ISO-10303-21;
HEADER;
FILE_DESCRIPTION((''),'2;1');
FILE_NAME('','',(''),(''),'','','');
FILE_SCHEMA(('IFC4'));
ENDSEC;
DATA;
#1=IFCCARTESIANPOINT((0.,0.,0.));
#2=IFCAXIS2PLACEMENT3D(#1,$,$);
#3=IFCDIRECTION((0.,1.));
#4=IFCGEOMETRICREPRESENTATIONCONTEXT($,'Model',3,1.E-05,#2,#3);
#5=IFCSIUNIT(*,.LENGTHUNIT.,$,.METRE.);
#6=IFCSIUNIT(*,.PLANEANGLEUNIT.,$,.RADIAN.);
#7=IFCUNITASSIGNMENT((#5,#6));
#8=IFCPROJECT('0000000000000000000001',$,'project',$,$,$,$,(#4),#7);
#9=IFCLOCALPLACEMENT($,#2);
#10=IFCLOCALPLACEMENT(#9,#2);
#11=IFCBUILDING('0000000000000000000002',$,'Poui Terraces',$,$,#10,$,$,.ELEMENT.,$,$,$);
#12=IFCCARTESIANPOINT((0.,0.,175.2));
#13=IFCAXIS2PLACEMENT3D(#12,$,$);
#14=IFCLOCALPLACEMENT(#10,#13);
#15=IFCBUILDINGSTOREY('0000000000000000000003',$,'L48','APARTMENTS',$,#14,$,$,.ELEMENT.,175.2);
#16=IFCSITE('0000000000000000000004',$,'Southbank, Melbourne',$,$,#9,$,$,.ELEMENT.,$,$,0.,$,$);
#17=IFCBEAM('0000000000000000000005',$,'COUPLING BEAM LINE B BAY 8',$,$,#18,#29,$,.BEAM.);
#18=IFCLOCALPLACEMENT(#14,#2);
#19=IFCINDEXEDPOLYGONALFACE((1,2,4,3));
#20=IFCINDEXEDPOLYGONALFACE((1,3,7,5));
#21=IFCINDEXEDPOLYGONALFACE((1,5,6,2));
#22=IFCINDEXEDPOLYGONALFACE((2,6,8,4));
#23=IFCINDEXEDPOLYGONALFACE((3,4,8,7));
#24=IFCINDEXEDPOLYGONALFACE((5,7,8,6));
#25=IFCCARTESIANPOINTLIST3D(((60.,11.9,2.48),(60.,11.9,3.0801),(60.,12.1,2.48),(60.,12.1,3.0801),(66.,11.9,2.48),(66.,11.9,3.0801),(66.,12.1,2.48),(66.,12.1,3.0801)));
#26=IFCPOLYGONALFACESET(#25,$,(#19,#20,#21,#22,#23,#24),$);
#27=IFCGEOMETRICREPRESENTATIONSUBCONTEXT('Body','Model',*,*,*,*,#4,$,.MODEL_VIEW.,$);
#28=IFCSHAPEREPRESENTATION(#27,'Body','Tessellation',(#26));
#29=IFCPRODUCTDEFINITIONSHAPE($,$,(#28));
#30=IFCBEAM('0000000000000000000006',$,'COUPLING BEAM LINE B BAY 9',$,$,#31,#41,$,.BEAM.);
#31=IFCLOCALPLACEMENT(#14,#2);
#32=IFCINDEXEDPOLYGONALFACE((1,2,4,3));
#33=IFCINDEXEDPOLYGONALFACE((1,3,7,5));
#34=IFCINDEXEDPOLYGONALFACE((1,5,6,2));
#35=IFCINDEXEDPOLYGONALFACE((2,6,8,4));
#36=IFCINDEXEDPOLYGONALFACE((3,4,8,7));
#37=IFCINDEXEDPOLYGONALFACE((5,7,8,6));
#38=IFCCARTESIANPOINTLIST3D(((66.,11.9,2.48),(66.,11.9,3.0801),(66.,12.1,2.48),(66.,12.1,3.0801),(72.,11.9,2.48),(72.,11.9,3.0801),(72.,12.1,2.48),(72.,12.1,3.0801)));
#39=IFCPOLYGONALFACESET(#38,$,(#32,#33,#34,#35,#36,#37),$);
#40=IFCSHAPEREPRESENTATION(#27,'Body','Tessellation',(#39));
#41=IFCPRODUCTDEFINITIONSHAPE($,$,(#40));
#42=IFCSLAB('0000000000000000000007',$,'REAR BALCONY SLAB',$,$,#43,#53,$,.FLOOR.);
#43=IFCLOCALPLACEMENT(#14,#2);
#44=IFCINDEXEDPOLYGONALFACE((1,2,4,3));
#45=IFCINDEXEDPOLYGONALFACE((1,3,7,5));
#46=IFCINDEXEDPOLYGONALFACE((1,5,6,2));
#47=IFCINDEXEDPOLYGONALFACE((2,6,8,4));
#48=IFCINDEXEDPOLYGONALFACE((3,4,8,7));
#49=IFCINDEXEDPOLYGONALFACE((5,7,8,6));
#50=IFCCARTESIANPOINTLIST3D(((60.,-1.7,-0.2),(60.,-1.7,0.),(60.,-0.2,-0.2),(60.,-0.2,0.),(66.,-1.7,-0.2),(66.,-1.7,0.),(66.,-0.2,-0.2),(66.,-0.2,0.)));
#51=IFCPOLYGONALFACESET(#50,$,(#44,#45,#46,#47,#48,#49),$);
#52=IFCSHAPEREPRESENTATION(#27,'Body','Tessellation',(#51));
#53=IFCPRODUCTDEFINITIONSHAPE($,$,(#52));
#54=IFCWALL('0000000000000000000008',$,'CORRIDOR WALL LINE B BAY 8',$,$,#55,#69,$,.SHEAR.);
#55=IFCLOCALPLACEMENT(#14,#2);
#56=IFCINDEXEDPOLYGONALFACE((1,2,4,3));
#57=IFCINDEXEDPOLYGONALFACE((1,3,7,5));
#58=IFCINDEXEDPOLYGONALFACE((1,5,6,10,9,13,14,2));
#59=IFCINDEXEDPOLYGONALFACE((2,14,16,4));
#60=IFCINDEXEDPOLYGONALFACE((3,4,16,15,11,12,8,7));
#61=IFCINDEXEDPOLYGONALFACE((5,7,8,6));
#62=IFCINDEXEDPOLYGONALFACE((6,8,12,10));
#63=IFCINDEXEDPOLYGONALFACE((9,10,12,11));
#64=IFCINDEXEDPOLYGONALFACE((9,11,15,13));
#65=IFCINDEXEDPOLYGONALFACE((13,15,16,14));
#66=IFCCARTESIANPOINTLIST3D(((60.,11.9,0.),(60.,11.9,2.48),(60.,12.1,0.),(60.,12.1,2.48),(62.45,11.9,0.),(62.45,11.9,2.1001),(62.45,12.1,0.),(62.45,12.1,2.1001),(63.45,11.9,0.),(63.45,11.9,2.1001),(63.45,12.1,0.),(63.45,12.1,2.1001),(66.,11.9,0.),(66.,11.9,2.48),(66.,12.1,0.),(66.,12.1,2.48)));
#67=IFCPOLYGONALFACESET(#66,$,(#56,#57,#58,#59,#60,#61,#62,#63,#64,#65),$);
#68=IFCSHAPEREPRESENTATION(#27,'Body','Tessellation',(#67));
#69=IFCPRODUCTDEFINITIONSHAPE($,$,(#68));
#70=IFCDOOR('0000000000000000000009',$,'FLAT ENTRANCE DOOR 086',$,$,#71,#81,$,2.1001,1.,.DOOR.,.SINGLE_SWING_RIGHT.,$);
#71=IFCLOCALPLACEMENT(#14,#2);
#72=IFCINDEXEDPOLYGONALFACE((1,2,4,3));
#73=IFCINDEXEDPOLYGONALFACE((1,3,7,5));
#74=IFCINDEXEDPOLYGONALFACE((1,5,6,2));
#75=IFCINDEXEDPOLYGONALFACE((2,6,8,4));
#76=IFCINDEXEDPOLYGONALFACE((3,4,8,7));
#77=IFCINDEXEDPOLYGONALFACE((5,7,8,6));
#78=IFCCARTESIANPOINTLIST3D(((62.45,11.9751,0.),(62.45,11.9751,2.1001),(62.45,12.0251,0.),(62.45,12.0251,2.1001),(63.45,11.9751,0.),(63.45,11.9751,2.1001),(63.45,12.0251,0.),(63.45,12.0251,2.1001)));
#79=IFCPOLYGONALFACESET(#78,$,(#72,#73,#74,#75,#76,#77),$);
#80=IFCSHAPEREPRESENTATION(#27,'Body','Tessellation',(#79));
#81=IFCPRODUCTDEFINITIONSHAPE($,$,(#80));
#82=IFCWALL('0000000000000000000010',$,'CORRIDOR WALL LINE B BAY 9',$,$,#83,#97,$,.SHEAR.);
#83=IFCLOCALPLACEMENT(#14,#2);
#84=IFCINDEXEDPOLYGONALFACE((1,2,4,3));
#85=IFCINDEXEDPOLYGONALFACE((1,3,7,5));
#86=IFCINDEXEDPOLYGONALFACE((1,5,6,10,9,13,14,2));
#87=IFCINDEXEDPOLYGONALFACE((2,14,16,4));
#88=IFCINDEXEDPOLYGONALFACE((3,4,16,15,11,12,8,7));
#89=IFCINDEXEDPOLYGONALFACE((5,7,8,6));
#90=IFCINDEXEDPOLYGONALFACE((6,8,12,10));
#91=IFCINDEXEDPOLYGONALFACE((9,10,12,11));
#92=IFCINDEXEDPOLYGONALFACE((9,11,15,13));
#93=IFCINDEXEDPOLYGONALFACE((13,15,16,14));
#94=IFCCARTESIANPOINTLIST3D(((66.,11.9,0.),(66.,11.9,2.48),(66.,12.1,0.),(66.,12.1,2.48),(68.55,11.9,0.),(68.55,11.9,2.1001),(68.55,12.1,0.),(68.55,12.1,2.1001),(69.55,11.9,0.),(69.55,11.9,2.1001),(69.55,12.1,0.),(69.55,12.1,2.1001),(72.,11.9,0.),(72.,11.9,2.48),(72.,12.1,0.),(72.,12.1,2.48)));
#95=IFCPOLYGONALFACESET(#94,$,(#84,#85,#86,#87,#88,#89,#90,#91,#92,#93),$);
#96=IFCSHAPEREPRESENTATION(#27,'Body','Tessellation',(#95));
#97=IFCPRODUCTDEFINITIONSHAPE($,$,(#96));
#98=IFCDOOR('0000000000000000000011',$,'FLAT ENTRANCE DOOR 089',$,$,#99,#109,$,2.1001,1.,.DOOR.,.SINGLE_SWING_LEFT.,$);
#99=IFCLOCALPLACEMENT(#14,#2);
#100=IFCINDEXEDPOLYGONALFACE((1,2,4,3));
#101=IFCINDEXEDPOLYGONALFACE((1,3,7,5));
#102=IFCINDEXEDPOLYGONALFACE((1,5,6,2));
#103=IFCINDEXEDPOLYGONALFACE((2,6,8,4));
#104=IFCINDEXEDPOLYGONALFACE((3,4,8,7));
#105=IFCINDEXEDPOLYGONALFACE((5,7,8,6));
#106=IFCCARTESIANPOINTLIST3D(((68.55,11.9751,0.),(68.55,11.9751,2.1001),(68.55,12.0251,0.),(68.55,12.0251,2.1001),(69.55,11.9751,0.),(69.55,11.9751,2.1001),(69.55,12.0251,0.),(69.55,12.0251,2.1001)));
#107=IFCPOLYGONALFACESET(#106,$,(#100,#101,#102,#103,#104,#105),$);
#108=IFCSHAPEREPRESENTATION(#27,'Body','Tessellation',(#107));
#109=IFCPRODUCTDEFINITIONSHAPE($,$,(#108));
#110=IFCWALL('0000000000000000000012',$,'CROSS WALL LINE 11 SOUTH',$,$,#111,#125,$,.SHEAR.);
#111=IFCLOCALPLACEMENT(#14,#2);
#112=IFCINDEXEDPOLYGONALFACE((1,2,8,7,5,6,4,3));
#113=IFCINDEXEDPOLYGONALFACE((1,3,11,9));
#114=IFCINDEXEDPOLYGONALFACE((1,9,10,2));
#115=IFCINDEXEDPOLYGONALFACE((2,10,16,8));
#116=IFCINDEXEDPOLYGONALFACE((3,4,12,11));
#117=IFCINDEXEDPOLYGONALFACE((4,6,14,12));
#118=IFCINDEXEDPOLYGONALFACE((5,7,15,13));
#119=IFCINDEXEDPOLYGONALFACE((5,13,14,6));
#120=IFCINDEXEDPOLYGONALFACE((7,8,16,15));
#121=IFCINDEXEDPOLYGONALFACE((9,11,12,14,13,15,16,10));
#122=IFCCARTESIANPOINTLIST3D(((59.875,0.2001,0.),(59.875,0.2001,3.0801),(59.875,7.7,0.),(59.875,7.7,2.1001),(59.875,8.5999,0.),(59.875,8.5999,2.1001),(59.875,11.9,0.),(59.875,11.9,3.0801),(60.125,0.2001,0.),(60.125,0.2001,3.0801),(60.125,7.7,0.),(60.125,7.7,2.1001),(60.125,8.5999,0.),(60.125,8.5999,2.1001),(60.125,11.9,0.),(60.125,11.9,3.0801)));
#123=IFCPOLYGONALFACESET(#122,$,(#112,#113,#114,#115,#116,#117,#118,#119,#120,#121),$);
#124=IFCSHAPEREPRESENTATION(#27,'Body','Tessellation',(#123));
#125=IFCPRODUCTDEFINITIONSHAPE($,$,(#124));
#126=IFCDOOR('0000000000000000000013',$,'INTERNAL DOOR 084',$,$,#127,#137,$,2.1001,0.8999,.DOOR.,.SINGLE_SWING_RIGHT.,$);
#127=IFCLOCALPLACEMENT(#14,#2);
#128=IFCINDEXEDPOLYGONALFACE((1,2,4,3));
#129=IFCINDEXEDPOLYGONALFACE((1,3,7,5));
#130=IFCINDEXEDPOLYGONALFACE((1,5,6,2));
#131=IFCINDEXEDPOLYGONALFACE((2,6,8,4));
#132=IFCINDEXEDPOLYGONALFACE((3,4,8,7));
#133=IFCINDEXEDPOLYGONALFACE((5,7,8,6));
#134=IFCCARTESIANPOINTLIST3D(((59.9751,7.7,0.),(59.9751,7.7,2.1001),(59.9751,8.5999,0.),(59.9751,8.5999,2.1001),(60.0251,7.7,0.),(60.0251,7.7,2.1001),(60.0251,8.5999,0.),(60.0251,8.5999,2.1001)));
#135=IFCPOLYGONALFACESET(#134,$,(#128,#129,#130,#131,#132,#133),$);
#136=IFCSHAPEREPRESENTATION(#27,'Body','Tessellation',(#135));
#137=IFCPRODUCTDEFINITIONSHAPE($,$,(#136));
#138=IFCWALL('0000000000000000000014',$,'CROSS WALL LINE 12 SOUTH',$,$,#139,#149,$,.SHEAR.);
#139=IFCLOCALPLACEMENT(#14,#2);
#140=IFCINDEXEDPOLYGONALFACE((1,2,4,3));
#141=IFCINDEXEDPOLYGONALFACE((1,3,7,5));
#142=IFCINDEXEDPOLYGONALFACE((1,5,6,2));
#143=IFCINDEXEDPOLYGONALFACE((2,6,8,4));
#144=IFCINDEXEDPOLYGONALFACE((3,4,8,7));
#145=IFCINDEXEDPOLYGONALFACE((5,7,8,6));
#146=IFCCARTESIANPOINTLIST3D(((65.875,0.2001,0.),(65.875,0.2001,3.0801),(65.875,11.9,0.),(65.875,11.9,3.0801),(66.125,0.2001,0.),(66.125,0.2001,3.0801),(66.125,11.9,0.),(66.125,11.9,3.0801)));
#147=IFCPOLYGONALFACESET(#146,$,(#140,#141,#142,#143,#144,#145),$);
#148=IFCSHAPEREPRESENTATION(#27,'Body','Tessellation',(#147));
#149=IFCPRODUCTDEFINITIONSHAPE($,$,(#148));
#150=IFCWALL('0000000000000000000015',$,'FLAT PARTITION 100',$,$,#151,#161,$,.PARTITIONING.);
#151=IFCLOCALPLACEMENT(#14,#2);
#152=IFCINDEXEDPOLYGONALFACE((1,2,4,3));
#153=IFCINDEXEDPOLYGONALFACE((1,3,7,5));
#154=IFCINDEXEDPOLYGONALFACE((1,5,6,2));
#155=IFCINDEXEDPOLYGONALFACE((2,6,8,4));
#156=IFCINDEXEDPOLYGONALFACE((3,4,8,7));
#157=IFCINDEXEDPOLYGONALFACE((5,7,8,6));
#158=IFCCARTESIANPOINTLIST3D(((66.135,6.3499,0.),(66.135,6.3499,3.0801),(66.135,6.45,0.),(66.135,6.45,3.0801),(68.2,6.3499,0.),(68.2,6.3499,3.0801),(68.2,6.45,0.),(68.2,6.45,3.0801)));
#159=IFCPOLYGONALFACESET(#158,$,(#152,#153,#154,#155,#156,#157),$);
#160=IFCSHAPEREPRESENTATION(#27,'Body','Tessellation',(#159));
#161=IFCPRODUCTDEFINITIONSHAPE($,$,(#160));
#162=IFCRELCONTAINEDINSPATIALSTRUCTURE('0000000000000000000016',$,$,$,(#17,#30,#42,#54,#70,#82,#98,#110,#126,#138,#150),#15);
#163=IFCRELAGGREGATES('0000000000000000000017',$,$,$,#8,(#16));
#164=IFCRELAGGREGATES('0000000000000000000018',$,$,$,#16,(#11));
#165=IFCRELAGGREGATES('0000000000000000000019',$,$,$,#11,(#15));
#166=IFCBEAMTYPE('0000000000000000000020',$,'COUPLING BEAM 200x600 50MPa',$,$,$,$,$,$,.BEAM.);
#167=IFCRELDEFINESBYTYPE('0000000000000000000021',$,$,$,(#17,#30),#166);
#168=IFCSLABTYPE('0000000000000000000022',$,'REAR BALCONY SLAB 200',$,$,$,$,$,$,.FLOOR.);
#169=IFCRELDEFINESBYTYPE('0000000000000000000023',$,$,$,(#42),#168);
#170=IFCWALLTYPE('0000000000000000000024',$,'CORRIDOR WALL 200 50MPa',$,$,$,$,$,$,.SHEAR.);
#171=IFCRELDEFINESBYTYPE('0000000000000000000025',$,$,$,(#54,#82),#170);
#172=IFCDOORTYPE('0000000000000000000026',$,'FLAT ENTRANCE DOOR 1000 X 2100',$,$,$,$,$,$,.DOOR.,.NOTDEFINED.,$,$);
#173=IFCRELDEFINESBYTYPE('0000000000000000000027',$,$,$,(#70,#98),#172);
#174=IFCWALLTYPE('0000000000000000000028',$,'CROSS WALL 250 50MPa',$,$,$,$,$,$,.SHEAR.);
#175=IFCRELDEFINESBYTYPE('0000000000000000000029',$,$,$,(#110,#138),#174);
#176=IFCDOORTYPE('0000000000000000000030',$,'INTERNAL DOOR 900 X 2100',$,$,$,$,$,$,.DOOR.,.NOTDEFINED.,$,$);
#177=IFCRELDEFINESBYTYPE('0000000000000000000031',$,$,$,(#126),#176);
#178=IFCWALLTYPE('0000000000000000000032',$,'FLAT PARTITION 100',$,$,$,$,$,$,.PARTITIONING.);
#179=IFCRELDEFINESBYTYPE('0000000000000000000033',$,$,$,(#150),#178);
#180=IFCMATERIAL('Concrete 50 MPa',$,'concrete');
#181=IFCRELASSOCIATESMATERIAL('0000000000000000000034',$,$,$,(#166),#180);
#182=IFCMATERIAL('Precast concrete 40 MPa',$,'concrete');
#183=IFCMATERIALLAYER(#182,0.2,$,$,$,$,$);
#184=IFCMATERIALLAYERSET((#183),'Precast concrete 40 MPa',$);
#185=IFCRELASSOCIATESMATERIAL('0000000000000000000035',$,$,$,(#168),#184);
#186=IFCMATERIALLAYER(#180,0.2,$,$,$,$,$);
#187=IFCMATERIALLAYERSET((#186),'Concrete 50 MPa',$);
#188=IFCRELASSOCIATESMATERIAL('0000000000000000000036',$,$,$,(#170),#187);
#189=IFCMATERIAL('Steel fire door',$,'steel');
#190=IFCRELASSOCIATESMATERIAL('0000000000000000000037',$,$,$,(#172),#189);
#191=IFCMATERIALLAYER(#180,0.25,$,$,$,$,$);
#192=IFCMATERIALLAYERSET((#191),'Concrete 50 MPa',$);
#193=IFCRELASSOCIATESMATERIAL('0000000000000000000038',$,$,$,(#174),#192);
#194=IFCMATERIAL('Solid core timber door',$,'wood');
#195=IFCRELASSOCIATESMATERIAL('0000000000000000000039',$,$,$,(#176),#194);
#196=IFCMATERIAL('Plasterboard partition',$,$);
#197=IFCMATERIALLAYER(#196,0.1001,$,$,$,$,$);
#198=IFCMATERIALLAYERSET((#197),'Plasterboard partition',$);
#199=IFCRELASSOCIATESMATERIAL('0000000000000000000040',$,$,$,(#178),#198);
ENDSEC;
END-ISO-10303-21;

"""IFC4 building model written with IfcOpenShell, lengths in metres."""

from ifc_helpers import new_model, si_unit, direction, frame, frame_2d, origin, origin_2d, place, context, subcontext, project, spatial, polyline, rectangle, outline, extrude, source, transform, mapped, material, layer, layer_set, material_profile, profile_set, type_object, element, fill, save


model = new_model("IFC4")

# Units and contexts
model_context = context("Model", 3, precision=1e-05, world=origin(), true_north=direction((0.0, 1.0)))
body_context = subcontext(model_context, "Body", "Model", "MODEL_VIEW")
ifc_project = project(units=[si_unit("LENGTHUNIT", "METRE"), si_unit("PLANEANGLEUNIT", "RADIAN")], contexts=[model_context])

# Site, building, storey
site_placement = place(None, origin())
site = spatial("IfcSite", under=ifc_project, at=site_placement, Name="Southbank, Melbourne", CompositionType="ELEMENT", RefElevation=0.0)
building_placement = place(site_placement, origin())
building = spatial("IfcBuilding", under=site, at=building_placement, Name="Poui Terraces", CompositionType="ELEMENT")
storey_placement = place(building_placement, frame((0.0, 0.0, 175.2)))
storey = spatial("IfcBuildingStorey", under=building, at=storey_placement, Name="L48", Description="APARTMENTS", CompositionType="ELEMENT", Elevation=175.2)

# Beams
ifc_material_1 = material(Name="Concrete 50 MPa", Category="concrete")
ifc_material_profile_1 = material_profile(ifc_material_1, rectangle(XDim=0.2, YDim=0.6001, at=origin_2d()), Name="RC 200x600")
ifc_profile_set_1 = profile_set([ifc_material_profile_1], Name="Concrete 50 MPa")
beam_type = type_object("IfcBeamType", Name="COUPLING BEAM 200x600 50MPa", PredefinedType="BEAM", material=ifc_profile_set_1)
shared_shape_1 = source(origin(), body_context, "Body", "SweptSolid", [
    extrude(rectangle(XDim=0.2, YDim=0.6001, at=origin_2d()), origin(), (0.0, 0.0, 1.0), 6.0),
])
for number, where, z_axis, x_axis, name in (
    (1, (60.0, 12.0, 2.78), (1.0, 0.0, 0.0), (0.0, 1.0, 0.0), "COUPLING BEAM LINE B BAY 8"),
    (2, (66.0, 12.0, 2.78), (1.0, 0.0, 0.0), (0.0, 1.0, 0.0), "COUPLING BEAM LINE B BAY 9"),
):
    element("IfcBeam", number, at=place(storey_placement, frame(where, z_axis=z_axis, x_axis=x_axis)), inside=storey, type_object=beam_type, Name=name, PredefinedType="BEAM", context=body_context, shape_type="MappedRepresentation", body=[
        mapped(shared_shape_1, transform((0.0, 0.0, 0.0))),
    ])

# Slab
ifc_material_2 = material(Name="Precast concrete 40 MPa", Category="concrete")
ifc_layer_1 = layer(ifc_material_2, 0.2)
ifc_layer_set_1 = layer_set([ifc_layer_1], Name="Precast concrete 40 MPa")
slab_type = type_object("IfcSlabType", Name="REAR BALCONY SLAB 200", PredefinedType="FLOOR", material=ifc_layer_set_1)
shared_shape_2 = source(origin(), body_context, "Body", "SweptSolid", [
    extrude(outline(polyline([(0.0, 0.0), (6.0, 0.0), (6.0, 1.5), (0.0, 1.5), (0.0, 0.0)])), origin(), (0.0, 0.0, 1.0), 0.2),
])
slab_placement = place(storey_placement, frame((60.0, -1.7, -0.2)))
element("IfcSlab", 3, at=slab_placement, inside=storey, type_object=slab_type, Name="REAR BALCONY SLAB", PredefinedType="FLOOR", context=body_context, shape_type="MappedRepresentation", body=[
    mapped(shared_shape_2, transform((0.0, 0.0, 0.0))),
])

# Walls, openings, doors
ifc_layer_2 = layer(ifc_material_1, 0.2)
ifc_layer_set_2 = layer_set([ifc_layer_2], Name="Concrete 50 MPa")
wall_type_1 = type_object("IfcWallType", Name="CORRIDOR WALL 200 50MPa", PredefinedType="SHEAR", material=ifc_layer_set_2)
wall_1_placement = place(storey_placement, frame((60.0, 12.0, 0.0), z_axis=(0.0, 0.0, 1.0), x_axis=(1.0, 0.0, 0.0)))
wall_1 = element("IfcWall", 4, at=wall_1_placement, inside=storey, type_object=wall_type_1, Name="CORRIDOR WALL LINE B BAY 8", PredefinedType="SHEAR", context=body_context, shape_type="SweptSolid", body=[
    extrude(rectangle(XDim=6.0, YDim=0.2, at=frame_2d((3.0, 0.0))), origin(), (0.0, 0.0, 1.0), 2.48),
])
opening_1_placement = place(wall_1_placement, frame((2.45, 0.0, 0.0)))
opening_1 = element("IfcOpeningElement", 5, at=opening_1_placement, cuts=wall_1, PredefinedType="OPENING", context=body_context, shape_type="SweptSolid", body=[
    extrude(rectangle(XDim=1.0, YDim=2.1001, at=frame_2d((0.5, 1.05))), frame((0.0, 0.1099, 0.0), z_axis=(0.0, -1.0, 0.0), x_axis=(1.0, 0.0, 0.0)), (0.0, 0.0, 1.0), 0.22),
])
ifc_material_3 = material(Name="Steel fire door", Category="steel")
door_type_1 = type_object("IfcDoorType", Name="FLAT ENTRANCE DOOR 1000 X 2100", OperationType="NOTDEFINED", PredefinedType="DOOR", material=ifc_material_3)
door_1_placement = place(opening_1_placement, frame((1.0, 0.0, 0.0), z_axis=(0.0, 0.0, 1.0), x_axis=(-1.0, 0.0, 0.0)))
door_1 = element("IfcDoor", 6, at=door_1_placement, inside=storey, type_object=door_type_1, Name="FLAT ENTRANCE DOOR 086", OperationType="SINGLE_SWING_RIGHT", OverallHeight=2.1001, OverallWidth=1.0, PredefinedType="DOOR", context=body_context, shape_type="SweptSolid", body=[
    extrude(rectangle(XDim=1.0, YDim=2.1001, at=frame_2d((0.5, 1.05))), frame((0.0, 0.0249, 0.0), z_axis=(0.0, -1.0, 0.0), x_axis=(1.0, 0.0, 0.0)), (0.0, 0.0, 1.0), 0.05),
])
fill(opening_1, door_1)
wall_2_placement = place(storey_placement, frame((66.0, 12.0, 0.0), z_axis=(0.0, 0.0, 1.0), x_axis=(1.0, 0.0, 0.0)))
wall_2 = element("IfcWall", 7, at=wall_2_placement, inside=storey, type_object=wall_type_1, Name="CORRIDOR WALL LINE B BAY 9", PredefinedType="SHEAR", context=body_context, shape_type="SweptSolid", body=[
    extrude(rectangle(XDim=6.0, YDim=0.2, at=frame_2d((3.0, 0.0))), origin(), (0.0, 0.0, 1.0), 2.48),
])
opening_2_placement = place(wall_2_placement, frame((2.55, 0.0, 0.0)))
opening_2 = element("IfcOpeningElement", 8, at=opening_2_placement, cuts=wall_2, PredefinedType="OPENING", context=body_context, shape_type="SweptSolid", body=[
    extrude(rectangle(XDim=1.0, YDim=2.1001, at=frame_2d((0.5, 1.05))), frame((0.0, 0.1099, 0.0), z_axis=(0.0, -1.0, 0.0), x_axis=(1.0, 0.0, 0.0)), (0.0, 0.0, 1.0), 0.22),
])
door_2_placement = place(opening_2_placement, frame((1.0, 0.0, 0.0), z_axis=(0.0, 0.0, 1.0), x_axis=(-1.0, 0.0, 0.0)))
door_2 = element("IfcDoor", 9, at=door_2_placement, inside=storey, type_object=door_type_1, Name="FLAT ENTRANCE DOOR 089", OperationType="SINGLE_SWING_LEFT", OverallHeight=2.1001, OverallWidth=1.0, PredefinedType="DOOR", context=body_context, shape_type="SweptSolid", body=[
    extrude(rectangle(XDim=1.0, YDim=2.1001, at=frame_2d((0.5, 1.05))), frame((0.0, 0.0249, 0.0), z_axis=(0.0, -1.0, 0.0), x_axis=(1.0, 0.0, 0.0)), (0.0, 0.0, 1.0), 0.05),
])
fill(opening_2, door_2)
ifc_layer_3 = layer(ifc_material_1, 0.25)
ifc_layer_set_3 = layer_set([ifc_layer_3], Name="Concrete 50 MPa")
wall_type_2 = type_object("IfcWallType", Name="CROSS WALL 250 50MPa", PredefinedType="SHEAR", material=ifc_layer_set_3)
wall_3_placement = place(storey_placement, frame((60.0, 0.2, 0.0), z_axis=(0.0, 0.0, 1.0), x_axis=(0.0, 1.0, 0.0)))
wall_3 = element("IfcWall", 10, at=wall_3_placement, inside=storey, type_object=wall_type_2, Name="CROSS WALL LINE 11 SOUTH", PredefinedType="SHEAR", context=body_context, shape_type="SweptSolid", body=[
    extrude(rectangle(XDim=11.7, YDim=0.25, at=frame_2d((5.8501, 0.0))), origin(), (0.0, 0.0, 1.0), 3.0801),
])
opening_3_placement = place(wall_3_placement, frame((7.5, 0.0, 0.0)))
opening_3 = element("IfcOpeningElement", 11, at=opening_3_placement, cuts=wall_3, PredefinedType="OPENING", context=body_context, shape_type="SweptSolid", body=[
    extrude(rectangle(XDim=0.8999, YDim=2.1001, at=frame_2d((0.45, 1.05))), frame((0.0, 0.135, 0.0), z_axis=(0.0, -1.0, 0.0), x_axis=(1.0, 0.0, 0.0)), (0.0, 0.0, 1.0), 0.27),
])
ifc_material_4 = material(Name="Solid core timber door", Category="wood")
door_type_2 = type_object("IfcDoorType", Name="INTERNAL DOOR 900 X 2100", OperationType="NOTDEFINED", PredefinedType="DOOR", material=ifc_material_4)
door_3_placement = place(opening_3_placement, origin())
door_3 = element("IfcDoor", 12, at=door_3_placement, inside=storey, type_object=door_type_2, Name="INTERNAL DOOR 084", OperationType="SINGLE_SWING_RIGHT", OverallHeight=2.1001, OverallWidth=0.8999, PredefinedType="DOOR", context=body_context, shape_type="SweptSolid", body=[
    extrude(rectangle(XDim=0.8999, YDim=2.1001, at=frame_2d((0.45, 1.05))), frame((0.0, 0.0249, 0.0), z_axis=(0.0, -1.0, 0.0), x_axis=(1.0, 0.0, 0.0)), (0.0, 0.0, 1.0), 0.05),
])
fill(opening_3, door_3)

# Walls
wall_4_placement = place(storey_placement, frame((66.0, 0.2, 0.0), z_axis=(0.0, 0.0, 1.0), x_axis=(0.0, 1.0, 0.0)))
element("IfcWall", 13, at=wall_4_placement, inside=storey, type_object=wall_type_2, Name="CROSS WALL LINE 12 SOUTH", PredefinedType="SHEAR", context=body_context, shape_type="SweptSolid", body=[
    extrude(rectangle(XDim=11.7, YDim=0.25, at=frame_2d((5.8501, 0.0))), origin(), (0.0, 0.0, 1.0), 3.0801),
])
ifc_material_5 = material(Name="Plasterboard partition")
ifc_layer_4 = layer(ifc_material_5, 0.1001)
ifc_layer_set_4 = layer_set([ifc_layer_4], Name="Plasterboard partition")
wall_type_3 = type_object("IfcWallType", Name="FLAT PARTITION 100", PredefinedType="PARTITIONING", material=ifc_layer_set_4)
wall_5_placement = place(storey_placement, frame((66.135, 6.3999, 0.0), z_axis=(0.0, 0.0, 1.0), x_axis=(1.0, 0.0, 0.0)))
element("IfcWall", 14, at=wall_5_placement, inside=storey, type_object=wall_type_3, Name="FLAT PARTITION 100", PredefinedType="PARTITIONING", context=body_context, shape_type="SweptSolid", body=[
    extrude(rectangle(XDim=2.0649, YDim=0.1001, at=frame_2d((1.0325, 0.0))), origin(), (0.0, 0.0, 1.0), 3.0801),
])

save(model, "model.ifc")
